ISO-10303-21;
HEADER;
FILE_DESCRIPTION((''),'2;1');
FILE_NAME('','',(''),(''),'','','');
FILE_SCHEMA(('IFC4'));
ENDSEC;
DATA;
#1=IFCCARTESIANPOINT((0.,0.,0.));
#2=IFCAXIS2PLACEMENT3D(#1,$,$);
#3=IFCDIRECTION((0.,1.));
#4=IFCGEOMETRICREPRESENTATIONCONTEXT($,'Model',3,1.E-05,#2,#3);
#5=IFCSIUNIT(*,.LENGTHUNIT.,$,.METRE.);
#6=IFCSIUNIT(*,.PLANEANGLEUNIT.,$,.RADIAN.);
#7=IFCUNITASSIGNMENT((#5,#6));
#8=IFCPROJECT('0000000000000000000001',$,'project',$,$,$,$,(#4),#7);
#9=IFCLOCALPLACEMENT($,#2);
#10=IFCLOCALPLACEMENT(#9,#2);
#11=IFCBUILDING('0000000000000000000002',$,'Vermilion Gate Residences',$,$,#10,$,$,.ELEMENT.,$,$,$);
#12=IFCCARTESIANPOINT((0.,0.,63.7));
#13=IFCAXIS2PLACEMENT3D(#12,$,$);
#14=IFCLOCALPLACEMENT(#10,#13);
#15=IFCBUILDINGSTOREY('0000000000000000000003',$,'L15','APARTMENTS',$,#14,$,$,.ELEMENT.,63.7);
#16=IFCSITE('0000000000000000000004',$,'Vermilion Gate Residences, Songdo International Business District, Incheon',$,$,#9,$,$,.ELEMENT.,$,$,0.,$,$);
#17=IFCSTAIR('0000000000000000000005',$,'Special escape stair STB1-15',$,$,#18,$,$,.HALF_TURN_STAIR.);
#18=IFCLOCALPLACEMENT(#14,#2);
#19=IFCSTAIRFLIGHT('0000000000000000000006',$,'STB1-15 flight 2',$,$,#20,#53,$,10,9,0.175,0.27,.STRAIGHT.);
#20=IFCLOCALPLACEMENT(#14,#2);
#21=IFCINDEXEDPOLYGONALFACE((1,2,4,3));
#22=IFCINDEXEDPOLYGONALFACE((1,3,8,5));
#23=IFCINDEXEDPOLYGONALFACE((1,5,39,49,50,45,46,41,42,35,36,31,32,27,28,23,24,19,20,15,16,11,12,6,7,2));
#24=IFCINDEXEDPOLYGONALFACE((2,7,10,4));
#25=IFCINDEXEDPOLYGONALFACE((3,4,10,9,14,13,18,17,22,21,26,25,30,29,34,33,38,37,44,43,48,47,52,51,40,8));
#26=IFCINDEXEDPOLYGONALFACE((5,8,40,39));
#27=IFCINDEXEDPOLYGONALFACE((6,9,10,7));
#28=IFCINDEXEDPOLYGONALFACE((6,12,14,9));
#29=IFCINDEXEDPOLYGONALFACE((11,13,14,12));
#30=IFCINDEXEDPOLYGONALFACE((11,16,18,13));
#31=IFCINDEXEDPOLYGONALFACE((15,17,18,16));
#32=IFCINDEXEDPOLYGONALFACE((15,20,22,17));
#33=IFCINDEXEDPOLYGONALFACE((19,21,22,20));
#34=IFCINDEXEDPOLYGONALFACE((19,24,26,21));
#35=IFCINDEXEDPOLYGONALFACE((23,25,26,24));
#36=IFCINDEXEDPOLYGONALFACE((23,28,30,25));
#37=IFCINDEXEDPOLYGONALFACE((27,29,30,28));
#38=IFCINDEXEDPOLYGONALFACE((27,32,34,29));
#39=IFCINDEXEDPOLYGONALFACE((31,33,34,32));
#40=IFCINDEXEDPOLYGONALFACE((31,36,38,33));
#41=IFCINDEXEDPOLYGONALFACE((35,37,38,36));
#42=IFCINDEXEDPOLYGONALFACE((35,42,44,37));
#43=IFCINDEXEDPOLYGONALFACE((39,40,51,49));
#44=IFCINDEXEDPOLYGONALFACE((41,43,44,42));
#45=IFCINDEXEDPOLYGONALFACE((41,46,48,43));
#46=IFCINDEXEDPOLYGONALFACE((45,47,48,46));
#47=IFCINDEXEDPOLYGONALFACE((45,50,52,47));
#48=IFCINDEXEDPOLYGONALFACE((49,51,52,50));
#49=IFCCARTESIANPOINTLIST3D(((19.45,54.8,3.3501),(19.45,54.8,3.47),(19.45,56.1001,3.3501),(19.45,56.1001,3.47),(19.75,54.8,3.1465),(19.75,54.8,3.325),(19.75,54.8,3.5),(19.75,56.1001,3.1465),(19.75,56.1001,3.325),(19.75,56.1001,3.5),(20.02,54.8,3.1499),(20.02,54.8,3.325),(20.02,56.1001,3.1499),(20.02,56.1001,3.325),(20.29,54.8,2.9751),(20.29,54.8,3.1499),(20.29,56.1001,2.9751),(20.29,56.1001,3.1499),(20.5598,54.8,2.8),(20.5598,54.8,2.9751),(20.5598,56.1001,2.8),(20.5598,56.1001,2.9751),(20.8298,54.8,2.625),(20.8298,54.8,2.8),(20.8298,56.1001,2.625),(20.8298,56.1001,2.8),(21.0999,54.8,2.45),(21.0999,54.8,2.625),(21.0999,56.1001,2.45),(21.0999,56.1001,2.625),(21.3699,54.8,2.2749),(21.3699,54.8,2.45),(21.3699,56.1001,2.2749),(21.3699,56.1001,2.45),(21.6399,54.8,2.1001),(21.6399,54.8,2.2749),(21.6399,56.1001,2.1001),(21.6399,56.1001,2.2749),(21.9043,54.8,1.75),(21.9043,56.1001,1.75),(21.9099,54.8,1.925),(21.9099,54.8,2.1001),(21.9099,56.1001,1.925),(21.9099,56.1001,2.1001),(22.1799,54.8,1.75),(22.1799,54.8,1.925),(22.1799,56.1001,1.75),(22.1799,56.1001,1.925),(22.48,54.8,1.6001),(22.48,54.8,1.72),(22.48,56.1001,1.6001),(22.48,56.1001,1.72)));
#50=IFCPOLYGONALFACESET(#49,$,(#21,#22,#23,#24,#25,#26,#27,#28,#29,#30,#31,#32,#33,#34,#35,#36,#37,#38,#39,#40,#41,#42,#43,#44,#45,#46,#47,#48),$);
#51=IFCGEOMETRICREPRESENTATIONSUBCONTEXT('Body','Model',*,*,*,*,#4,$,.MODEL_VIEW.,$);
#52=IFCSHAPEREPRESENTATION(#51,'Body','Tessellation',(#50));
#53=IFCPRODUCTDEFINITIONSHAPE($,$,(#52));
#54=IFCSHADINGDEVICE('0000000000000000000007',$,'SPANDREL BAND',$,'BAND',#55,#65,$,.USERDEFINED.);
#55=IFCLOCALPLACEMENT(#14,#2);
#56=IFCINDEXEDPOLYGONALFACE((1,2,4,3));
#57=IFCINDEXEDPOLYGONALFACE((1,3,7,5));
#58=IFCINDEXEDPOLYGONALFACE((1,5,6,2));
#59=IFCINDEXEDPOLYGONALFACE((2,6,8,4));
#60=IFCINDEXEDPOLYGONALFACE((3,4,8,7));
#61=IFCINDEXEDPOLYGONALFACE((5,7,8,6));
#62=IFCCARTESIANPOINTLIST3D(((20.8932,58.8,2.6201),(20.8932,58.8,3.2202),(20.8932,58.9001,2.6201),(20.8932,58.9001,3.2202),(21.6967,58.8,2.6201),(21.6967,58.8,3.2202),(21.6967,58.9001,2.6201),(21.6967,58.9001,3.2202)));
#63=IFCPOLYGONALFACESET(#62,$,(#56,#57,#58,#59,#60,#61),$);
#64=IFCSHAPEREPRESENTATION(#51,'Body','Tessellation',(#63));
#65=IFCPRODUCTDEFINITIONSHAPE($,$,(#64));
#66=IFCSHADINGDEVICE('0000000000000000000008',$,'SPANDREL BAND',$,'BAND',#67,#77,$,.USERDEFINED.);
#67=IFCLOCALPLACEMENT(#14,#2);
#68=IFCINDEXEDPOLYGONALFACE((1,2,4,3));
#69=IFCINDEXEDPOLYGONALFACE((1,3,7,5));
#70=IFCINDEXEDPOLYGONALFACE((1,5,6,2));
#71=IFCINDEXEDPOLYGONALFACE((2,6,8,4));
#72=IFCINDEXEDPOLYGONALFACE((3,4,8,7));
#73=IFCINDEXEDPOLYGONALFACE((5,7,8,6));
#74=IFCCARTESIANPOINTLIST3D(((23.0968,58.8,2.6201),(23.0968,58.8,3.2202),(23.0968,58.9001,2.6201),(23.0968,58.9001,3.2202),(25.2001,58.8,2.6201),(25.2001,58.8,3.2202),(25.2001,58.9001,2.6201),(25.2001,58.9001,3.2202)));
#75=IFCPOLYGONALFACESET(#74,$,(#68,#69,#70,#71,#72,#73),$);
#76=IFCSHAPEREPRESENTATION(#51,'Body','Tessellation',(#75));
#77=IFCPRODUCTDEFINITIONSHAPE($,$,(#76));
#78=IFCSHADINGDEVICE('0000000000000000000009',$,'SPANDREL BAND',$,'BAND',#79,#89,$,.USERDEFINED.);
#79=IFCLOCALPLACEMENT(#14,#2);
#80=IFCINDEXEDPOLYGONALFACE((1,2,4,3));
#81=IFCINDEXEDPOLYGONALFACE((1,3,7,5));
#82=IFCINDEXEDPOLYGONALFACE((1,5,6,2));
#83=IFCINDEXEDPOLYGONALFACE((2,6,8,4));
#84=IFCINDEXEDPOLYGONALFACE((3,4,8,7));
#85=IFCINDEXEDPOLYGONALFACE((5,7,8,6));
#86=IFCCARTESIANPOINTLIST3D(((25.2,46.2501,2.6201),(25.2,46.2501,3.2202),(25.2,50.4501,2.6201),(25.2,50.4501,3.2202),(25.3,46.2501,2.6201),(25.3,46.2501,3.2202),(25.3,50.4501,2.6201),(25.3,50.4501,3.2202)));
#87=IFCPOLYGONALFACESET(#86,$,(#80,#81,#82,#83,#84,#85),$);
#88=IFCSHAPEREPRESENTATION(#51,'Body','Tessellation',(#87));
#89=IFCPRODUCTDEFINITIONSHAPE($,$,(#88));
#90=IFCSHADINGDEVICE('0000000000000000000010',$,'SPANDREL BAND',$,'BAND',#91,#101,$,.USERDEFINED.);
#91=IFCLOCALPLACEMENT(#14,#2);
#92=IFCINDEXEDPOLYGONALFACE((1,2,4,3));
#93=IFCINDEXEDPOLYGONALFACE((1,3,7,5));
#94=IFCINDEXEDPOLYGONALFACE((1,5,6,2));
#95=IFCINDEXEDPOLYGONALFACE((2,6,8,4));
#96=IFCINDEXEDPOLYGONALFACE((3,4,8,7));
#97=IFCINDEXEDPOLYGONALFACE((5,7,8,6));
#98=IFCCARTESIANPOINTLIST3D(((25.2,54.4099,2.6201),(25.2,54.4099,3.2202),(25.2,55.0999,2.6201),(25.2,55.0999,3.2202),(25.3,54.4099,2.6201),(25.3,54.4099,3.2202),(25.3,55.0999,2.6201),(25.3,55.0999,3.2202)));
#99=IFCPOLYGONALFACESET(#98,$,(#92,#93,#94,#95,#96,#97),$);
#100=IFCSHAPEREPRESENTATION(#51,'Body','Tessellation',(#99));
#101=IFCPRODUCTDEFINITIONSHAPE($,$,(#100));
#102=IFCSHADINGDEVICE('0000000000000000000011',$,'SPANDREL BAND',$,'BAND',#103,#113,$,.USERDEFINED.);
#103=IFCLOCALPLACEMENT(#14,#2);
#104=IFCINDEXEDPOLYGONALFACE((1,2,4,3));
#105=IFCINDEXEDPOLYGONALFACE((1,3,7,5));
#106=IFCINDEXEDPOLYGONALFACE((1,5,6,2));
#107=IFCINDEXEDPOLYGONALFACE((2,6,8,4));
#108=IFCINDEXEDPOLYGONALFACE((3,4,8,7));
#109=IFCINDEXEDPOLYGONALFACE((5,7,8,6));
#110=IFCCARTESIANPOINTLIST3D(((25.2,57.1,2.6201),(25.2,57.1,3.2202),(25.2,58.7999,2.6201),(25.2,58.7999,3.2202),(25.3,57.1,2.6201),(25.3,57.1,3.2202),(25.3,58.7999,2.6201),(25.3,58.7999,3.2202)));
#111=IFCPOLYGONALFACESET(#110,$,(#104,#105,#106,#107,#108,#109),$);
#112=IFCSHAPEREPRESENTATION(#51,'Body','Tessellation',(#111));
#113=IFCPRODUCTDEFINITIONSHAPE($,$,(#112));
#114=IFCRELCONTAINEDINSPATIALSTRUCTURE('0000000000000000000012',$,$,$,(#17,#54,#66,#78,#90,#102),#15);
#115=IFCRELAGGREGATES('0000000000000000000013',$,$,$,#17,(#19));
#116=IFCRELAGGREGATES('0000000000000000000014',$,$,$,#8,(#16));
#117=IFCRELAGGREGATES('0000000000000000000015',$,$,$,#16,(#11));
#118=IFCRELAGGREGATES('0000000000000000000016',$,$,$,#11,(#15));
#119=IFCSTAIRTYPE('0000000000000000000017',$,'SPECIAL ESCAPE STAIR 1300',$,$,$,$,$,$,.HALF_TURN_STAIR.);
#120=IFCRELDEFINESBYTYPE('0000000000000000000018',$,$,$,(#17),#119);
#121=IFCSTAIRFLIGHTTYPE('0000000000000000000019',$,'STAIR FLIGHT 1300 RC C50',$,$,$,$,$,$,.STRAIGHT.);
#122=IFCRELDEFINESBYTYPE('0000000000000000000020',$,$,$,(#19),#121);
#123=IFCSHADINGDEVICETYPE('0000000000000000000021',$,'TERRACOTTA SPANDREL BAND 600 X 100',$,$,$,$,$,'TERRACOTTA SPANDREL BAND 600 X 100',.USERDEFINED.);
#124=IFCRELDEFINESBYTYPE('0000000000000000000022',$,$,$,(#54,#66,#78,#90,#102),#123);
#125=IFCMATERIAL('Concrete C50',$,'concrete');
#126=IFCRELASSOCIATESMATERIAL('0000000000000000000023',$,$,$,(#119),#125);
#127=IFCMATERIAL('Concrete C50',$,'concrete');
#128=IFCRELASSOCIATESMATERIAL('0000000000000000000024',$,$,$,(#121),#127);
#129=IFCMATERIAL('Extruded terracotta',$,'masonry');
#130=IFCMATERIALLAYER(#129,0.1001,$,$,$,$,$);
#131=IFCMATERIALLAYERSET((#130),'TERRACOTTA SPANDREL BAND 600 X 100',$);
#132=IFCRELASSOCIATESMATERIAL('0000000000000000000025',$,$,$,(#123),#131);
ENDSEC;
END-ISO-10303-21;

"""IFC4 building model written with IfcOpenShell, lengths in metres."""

from ifc_helpers import new_model, si_unit, direction, frame, origin, origin_2d, place, context, subcontext, project, spatial, polyline, rectangle, outline, extrude, material, layer, layer_set, type_object, element, aggregate, save


model = new_model("IFC4")

# Units and contexts
model_context = context("Model", 3, precision=1e-05, world=origin(), true_north=direction((0.0, 1.0)))
body_context = subcontext(model_context, "Body", "Model", "MODEL_VIEW")
ifc_project = project(units=[si_unit("LENGTHUNIT", "METRE"), si_unit("PLANEANGLEUNIT", "RADIAN")], contexts=[model_context])

# Site, building, storey
site_placement = place(None, origin())
site = spatial("IfcSite", under=ifc_project, at=site_placement, Name="Vermilion Gate Residences, Songdo International Business District, Incheon", CompositionType="ELEMENT", RefElevation=0.0)
building_placement = place(site_placement, origin())
building = spatial("IfcBuilding", under=site, at=building_placement, Name="Vermilion Gate Residences", CompositionType="ELEMENT")
storey_placement = place(building_placement, frame((0.0, 0.0, 63.7)))
storey = spatial("IfcBuildingStorey", under=building, at=storey_placement, Name="L15", Description="APARTMENTS", CompositionType="ELEMENT", Elevation=63.7)

# Stair, stair flight
ifc_material_1 = material(Name="Concrete C50", Category="concrete")
stair_type = type_object("IfcStairType", Name="SPECIAL ESCAPE STAIR 1300", PredefinedType="HALF_TURN_STAIR", material=ifc_material_1)
stair_placement = place(storey_placement, origin())
stair = element("IfcStair", 1, at=stair_placement, inside=storey, type_object=stair_type, Name="Special escape stair STB1-15", PredefinedType="HALF_TURN_STAIR")
ifc_material_2 = material(Name="Concrete C50", Category="concrete")
stair_flight_type = type_object("IfcStairFlightType", Name="STAIR FLIGHT 1300 RC C50", PredefinedType="STRAIGHT", material=ifc_material_2)
stair_flight_1_placement = place(storey_placement, frame((22.1799, 55.45, 1.75), z_axis=(0.0, 0.0, 1.0), x_axis=(-1.0, 0.0, 0.0)))
stair_flight_1 = element("IfcStairFlight", 2, at=stair_flight_1_placement, type_object=stair_flight_type, Name="STB1-15 flight 2", NumberOfRisers=10, NumberOfTreads=9, PredefinedType="STRAIGHT", RiserHeight=0.175, TreadLength=0.27, context=body_context, shape_type="SweptSolid", body=[
    extrude(outline(polyline([(-0.3, -0.1499), (-0.3, -0.03), (0.0, 0.0), (0.0, 0.175), (0.27, 0.175), (0.27, 0.3501), (0.54, 0.3501), (0.54, 0.5249), (0.8101, 0.5249), (0.8101, 0.7), (1.0801, 0.7), (1.0801, 0.875), (1.3501, 0.875), (1.3501, 1.05), (1.6201, 1.05), (1.6201, 1.2251), (1.8899, 1.2251), (1.8899, 1.3999), (2.1599, 1.3999), (2.1599, 1.575), (2.4299, 1.575), (2.4299, 1.75), (2.73, 1.72), (2.73, 1.6001), (2.4299, 1.3965), (0.2756, 0.0), (-0.3, -0.1499)])), frame((0.0, 0.6499, 0.0), z_axis=(0.0, -1.0, 0.0), x_axis=(1.0, 0.0, 0.0)), (0.0, 0.0, 1.0), 1.3),
])
aggregate(stair, [stair_flight_1])

# Shading devices
ifc_material_3 = material(Name="Extruded terracotta", Category="masonry")
ifc_layer_1 = layer(ifc_material_3, 0.1001)
ifc_layer_set_1 = layer_set([ifc_layer_1], Name="TERRACOTTA SPANDREL BAND 600 X 100")
shading_device_type = type_object("IfcShadingDeviceType", Name="TERRACOTTA SPANDREL BAND 600 X 100", ElementType="TERRACOTTA SPANDREL BAND 600 X 100", PredefinedType="USERDEFINED", material=ifc_layer_set_1)
shading_device_1_placement = place(storey_placement, frame((21.2949, 58.8501, 2.6201), z_axis=(0.0, 0.0, 1.0), x_axis=(1.0, 0.0, 0.0)))
element("IfcShadingDevice", 3, at=shading_device_1_placement, inside=storey, type_object=shading_device_type, Name="SPANDREL BAND", ObjectType="BAND", PredefinedType="USERDEFINED", context=body_context, shape_type="SweptSolid", body=[
    extrude(rectangle(XDim=0.8035, YDim=0.1001, at=origin_2d()), origin(), (0.0, 0.0, 1.0), 0.6001),
])
shading_device_2_placement = place(storey_placement, frame((24.1484, 58.8501, 2.6201), z_axis=(0.0, 0.0, 1.0), x_axis=(1.0, 0.0, 0.0)))
element("IfcShadingDevice", 4, at=shading_device_2_placement, inside=storey, type_object=shading_device_type, Name="SPANDREL BAND", ObjectType="BAND", PredefinedType="USERDEFINED", context=body_context, shape_type="SweptSolid", body=[
    extrude(rectangle(XDim=2.1033, YDim=0.1001, at=origin_2d()), origin(), (0.0, 0.0, 1.0), 0.6001),
])
shading_device_3_placement = place(storey_placement, frame((25.25, 48.3501, 2.6201), z_axis=(0.0, 0.0, 1.0), x_axis=(0.0, 1.0, 0.0)))
element("IfcShadingDevice", 5, at=shading_device_3_placement, inside=storey, type_object=shading_device_type, Name="SPANDREL BAND", ObjectType="BAND", PredefinedType="USERDEFINED", context=body_context, shape_type="SweptSolid", body=[
    extrude(rectangle(XDim=4.2, YDim=0.1001, at=origin_2d()), origin(), (0.0, 0.0, 1.0), 0.6001),
])
shading_device_4_placement = place(storey_placement, frame((25.25, 54.7549, 2.6201), z_axis=(0.0, 0.0, 1.0), x_axis=(0.0, 1.0, 0.0)))
element("IfcShadingDevice", 6, at=shading_device_4_placement, inside=storey, type_object=shading_device_type, Name="SPANDREL BAND", ObjectType="BAND", PredefinedType="USERDEFINED", context=body_context, shape_type="SweptSolid", body=[
    extrude(rectangle(XDim=0.6899, YDim=0.1001, at=origin_2d()), origin(), (0.0, 0.0, 1.0), 0.6001),
])
shading_device_5_placement = place(storey_placement, frame((25.25, 57.95, 2.6201), z_axis=(0.0, 0.0, 1.0), x_axis=(0.0, 1.0, 0.0)))
element("IfcShadingDevice", 7, at=shading_device_5_placement, inside=storey, type_object=shading_device_type, Name="SPANDREL BAND", ObjectType="BAND", PredefinedType="USERDEFINED", context=body_context, shape_type="SweptSolid", body=[
    extrude(rectangle(XDim=1.7, YDim=0.1001, at=origin_2d()), origin(), (0.0, 0.0, 1.0), 0.6001),
])

save(model, "model.ifc")
